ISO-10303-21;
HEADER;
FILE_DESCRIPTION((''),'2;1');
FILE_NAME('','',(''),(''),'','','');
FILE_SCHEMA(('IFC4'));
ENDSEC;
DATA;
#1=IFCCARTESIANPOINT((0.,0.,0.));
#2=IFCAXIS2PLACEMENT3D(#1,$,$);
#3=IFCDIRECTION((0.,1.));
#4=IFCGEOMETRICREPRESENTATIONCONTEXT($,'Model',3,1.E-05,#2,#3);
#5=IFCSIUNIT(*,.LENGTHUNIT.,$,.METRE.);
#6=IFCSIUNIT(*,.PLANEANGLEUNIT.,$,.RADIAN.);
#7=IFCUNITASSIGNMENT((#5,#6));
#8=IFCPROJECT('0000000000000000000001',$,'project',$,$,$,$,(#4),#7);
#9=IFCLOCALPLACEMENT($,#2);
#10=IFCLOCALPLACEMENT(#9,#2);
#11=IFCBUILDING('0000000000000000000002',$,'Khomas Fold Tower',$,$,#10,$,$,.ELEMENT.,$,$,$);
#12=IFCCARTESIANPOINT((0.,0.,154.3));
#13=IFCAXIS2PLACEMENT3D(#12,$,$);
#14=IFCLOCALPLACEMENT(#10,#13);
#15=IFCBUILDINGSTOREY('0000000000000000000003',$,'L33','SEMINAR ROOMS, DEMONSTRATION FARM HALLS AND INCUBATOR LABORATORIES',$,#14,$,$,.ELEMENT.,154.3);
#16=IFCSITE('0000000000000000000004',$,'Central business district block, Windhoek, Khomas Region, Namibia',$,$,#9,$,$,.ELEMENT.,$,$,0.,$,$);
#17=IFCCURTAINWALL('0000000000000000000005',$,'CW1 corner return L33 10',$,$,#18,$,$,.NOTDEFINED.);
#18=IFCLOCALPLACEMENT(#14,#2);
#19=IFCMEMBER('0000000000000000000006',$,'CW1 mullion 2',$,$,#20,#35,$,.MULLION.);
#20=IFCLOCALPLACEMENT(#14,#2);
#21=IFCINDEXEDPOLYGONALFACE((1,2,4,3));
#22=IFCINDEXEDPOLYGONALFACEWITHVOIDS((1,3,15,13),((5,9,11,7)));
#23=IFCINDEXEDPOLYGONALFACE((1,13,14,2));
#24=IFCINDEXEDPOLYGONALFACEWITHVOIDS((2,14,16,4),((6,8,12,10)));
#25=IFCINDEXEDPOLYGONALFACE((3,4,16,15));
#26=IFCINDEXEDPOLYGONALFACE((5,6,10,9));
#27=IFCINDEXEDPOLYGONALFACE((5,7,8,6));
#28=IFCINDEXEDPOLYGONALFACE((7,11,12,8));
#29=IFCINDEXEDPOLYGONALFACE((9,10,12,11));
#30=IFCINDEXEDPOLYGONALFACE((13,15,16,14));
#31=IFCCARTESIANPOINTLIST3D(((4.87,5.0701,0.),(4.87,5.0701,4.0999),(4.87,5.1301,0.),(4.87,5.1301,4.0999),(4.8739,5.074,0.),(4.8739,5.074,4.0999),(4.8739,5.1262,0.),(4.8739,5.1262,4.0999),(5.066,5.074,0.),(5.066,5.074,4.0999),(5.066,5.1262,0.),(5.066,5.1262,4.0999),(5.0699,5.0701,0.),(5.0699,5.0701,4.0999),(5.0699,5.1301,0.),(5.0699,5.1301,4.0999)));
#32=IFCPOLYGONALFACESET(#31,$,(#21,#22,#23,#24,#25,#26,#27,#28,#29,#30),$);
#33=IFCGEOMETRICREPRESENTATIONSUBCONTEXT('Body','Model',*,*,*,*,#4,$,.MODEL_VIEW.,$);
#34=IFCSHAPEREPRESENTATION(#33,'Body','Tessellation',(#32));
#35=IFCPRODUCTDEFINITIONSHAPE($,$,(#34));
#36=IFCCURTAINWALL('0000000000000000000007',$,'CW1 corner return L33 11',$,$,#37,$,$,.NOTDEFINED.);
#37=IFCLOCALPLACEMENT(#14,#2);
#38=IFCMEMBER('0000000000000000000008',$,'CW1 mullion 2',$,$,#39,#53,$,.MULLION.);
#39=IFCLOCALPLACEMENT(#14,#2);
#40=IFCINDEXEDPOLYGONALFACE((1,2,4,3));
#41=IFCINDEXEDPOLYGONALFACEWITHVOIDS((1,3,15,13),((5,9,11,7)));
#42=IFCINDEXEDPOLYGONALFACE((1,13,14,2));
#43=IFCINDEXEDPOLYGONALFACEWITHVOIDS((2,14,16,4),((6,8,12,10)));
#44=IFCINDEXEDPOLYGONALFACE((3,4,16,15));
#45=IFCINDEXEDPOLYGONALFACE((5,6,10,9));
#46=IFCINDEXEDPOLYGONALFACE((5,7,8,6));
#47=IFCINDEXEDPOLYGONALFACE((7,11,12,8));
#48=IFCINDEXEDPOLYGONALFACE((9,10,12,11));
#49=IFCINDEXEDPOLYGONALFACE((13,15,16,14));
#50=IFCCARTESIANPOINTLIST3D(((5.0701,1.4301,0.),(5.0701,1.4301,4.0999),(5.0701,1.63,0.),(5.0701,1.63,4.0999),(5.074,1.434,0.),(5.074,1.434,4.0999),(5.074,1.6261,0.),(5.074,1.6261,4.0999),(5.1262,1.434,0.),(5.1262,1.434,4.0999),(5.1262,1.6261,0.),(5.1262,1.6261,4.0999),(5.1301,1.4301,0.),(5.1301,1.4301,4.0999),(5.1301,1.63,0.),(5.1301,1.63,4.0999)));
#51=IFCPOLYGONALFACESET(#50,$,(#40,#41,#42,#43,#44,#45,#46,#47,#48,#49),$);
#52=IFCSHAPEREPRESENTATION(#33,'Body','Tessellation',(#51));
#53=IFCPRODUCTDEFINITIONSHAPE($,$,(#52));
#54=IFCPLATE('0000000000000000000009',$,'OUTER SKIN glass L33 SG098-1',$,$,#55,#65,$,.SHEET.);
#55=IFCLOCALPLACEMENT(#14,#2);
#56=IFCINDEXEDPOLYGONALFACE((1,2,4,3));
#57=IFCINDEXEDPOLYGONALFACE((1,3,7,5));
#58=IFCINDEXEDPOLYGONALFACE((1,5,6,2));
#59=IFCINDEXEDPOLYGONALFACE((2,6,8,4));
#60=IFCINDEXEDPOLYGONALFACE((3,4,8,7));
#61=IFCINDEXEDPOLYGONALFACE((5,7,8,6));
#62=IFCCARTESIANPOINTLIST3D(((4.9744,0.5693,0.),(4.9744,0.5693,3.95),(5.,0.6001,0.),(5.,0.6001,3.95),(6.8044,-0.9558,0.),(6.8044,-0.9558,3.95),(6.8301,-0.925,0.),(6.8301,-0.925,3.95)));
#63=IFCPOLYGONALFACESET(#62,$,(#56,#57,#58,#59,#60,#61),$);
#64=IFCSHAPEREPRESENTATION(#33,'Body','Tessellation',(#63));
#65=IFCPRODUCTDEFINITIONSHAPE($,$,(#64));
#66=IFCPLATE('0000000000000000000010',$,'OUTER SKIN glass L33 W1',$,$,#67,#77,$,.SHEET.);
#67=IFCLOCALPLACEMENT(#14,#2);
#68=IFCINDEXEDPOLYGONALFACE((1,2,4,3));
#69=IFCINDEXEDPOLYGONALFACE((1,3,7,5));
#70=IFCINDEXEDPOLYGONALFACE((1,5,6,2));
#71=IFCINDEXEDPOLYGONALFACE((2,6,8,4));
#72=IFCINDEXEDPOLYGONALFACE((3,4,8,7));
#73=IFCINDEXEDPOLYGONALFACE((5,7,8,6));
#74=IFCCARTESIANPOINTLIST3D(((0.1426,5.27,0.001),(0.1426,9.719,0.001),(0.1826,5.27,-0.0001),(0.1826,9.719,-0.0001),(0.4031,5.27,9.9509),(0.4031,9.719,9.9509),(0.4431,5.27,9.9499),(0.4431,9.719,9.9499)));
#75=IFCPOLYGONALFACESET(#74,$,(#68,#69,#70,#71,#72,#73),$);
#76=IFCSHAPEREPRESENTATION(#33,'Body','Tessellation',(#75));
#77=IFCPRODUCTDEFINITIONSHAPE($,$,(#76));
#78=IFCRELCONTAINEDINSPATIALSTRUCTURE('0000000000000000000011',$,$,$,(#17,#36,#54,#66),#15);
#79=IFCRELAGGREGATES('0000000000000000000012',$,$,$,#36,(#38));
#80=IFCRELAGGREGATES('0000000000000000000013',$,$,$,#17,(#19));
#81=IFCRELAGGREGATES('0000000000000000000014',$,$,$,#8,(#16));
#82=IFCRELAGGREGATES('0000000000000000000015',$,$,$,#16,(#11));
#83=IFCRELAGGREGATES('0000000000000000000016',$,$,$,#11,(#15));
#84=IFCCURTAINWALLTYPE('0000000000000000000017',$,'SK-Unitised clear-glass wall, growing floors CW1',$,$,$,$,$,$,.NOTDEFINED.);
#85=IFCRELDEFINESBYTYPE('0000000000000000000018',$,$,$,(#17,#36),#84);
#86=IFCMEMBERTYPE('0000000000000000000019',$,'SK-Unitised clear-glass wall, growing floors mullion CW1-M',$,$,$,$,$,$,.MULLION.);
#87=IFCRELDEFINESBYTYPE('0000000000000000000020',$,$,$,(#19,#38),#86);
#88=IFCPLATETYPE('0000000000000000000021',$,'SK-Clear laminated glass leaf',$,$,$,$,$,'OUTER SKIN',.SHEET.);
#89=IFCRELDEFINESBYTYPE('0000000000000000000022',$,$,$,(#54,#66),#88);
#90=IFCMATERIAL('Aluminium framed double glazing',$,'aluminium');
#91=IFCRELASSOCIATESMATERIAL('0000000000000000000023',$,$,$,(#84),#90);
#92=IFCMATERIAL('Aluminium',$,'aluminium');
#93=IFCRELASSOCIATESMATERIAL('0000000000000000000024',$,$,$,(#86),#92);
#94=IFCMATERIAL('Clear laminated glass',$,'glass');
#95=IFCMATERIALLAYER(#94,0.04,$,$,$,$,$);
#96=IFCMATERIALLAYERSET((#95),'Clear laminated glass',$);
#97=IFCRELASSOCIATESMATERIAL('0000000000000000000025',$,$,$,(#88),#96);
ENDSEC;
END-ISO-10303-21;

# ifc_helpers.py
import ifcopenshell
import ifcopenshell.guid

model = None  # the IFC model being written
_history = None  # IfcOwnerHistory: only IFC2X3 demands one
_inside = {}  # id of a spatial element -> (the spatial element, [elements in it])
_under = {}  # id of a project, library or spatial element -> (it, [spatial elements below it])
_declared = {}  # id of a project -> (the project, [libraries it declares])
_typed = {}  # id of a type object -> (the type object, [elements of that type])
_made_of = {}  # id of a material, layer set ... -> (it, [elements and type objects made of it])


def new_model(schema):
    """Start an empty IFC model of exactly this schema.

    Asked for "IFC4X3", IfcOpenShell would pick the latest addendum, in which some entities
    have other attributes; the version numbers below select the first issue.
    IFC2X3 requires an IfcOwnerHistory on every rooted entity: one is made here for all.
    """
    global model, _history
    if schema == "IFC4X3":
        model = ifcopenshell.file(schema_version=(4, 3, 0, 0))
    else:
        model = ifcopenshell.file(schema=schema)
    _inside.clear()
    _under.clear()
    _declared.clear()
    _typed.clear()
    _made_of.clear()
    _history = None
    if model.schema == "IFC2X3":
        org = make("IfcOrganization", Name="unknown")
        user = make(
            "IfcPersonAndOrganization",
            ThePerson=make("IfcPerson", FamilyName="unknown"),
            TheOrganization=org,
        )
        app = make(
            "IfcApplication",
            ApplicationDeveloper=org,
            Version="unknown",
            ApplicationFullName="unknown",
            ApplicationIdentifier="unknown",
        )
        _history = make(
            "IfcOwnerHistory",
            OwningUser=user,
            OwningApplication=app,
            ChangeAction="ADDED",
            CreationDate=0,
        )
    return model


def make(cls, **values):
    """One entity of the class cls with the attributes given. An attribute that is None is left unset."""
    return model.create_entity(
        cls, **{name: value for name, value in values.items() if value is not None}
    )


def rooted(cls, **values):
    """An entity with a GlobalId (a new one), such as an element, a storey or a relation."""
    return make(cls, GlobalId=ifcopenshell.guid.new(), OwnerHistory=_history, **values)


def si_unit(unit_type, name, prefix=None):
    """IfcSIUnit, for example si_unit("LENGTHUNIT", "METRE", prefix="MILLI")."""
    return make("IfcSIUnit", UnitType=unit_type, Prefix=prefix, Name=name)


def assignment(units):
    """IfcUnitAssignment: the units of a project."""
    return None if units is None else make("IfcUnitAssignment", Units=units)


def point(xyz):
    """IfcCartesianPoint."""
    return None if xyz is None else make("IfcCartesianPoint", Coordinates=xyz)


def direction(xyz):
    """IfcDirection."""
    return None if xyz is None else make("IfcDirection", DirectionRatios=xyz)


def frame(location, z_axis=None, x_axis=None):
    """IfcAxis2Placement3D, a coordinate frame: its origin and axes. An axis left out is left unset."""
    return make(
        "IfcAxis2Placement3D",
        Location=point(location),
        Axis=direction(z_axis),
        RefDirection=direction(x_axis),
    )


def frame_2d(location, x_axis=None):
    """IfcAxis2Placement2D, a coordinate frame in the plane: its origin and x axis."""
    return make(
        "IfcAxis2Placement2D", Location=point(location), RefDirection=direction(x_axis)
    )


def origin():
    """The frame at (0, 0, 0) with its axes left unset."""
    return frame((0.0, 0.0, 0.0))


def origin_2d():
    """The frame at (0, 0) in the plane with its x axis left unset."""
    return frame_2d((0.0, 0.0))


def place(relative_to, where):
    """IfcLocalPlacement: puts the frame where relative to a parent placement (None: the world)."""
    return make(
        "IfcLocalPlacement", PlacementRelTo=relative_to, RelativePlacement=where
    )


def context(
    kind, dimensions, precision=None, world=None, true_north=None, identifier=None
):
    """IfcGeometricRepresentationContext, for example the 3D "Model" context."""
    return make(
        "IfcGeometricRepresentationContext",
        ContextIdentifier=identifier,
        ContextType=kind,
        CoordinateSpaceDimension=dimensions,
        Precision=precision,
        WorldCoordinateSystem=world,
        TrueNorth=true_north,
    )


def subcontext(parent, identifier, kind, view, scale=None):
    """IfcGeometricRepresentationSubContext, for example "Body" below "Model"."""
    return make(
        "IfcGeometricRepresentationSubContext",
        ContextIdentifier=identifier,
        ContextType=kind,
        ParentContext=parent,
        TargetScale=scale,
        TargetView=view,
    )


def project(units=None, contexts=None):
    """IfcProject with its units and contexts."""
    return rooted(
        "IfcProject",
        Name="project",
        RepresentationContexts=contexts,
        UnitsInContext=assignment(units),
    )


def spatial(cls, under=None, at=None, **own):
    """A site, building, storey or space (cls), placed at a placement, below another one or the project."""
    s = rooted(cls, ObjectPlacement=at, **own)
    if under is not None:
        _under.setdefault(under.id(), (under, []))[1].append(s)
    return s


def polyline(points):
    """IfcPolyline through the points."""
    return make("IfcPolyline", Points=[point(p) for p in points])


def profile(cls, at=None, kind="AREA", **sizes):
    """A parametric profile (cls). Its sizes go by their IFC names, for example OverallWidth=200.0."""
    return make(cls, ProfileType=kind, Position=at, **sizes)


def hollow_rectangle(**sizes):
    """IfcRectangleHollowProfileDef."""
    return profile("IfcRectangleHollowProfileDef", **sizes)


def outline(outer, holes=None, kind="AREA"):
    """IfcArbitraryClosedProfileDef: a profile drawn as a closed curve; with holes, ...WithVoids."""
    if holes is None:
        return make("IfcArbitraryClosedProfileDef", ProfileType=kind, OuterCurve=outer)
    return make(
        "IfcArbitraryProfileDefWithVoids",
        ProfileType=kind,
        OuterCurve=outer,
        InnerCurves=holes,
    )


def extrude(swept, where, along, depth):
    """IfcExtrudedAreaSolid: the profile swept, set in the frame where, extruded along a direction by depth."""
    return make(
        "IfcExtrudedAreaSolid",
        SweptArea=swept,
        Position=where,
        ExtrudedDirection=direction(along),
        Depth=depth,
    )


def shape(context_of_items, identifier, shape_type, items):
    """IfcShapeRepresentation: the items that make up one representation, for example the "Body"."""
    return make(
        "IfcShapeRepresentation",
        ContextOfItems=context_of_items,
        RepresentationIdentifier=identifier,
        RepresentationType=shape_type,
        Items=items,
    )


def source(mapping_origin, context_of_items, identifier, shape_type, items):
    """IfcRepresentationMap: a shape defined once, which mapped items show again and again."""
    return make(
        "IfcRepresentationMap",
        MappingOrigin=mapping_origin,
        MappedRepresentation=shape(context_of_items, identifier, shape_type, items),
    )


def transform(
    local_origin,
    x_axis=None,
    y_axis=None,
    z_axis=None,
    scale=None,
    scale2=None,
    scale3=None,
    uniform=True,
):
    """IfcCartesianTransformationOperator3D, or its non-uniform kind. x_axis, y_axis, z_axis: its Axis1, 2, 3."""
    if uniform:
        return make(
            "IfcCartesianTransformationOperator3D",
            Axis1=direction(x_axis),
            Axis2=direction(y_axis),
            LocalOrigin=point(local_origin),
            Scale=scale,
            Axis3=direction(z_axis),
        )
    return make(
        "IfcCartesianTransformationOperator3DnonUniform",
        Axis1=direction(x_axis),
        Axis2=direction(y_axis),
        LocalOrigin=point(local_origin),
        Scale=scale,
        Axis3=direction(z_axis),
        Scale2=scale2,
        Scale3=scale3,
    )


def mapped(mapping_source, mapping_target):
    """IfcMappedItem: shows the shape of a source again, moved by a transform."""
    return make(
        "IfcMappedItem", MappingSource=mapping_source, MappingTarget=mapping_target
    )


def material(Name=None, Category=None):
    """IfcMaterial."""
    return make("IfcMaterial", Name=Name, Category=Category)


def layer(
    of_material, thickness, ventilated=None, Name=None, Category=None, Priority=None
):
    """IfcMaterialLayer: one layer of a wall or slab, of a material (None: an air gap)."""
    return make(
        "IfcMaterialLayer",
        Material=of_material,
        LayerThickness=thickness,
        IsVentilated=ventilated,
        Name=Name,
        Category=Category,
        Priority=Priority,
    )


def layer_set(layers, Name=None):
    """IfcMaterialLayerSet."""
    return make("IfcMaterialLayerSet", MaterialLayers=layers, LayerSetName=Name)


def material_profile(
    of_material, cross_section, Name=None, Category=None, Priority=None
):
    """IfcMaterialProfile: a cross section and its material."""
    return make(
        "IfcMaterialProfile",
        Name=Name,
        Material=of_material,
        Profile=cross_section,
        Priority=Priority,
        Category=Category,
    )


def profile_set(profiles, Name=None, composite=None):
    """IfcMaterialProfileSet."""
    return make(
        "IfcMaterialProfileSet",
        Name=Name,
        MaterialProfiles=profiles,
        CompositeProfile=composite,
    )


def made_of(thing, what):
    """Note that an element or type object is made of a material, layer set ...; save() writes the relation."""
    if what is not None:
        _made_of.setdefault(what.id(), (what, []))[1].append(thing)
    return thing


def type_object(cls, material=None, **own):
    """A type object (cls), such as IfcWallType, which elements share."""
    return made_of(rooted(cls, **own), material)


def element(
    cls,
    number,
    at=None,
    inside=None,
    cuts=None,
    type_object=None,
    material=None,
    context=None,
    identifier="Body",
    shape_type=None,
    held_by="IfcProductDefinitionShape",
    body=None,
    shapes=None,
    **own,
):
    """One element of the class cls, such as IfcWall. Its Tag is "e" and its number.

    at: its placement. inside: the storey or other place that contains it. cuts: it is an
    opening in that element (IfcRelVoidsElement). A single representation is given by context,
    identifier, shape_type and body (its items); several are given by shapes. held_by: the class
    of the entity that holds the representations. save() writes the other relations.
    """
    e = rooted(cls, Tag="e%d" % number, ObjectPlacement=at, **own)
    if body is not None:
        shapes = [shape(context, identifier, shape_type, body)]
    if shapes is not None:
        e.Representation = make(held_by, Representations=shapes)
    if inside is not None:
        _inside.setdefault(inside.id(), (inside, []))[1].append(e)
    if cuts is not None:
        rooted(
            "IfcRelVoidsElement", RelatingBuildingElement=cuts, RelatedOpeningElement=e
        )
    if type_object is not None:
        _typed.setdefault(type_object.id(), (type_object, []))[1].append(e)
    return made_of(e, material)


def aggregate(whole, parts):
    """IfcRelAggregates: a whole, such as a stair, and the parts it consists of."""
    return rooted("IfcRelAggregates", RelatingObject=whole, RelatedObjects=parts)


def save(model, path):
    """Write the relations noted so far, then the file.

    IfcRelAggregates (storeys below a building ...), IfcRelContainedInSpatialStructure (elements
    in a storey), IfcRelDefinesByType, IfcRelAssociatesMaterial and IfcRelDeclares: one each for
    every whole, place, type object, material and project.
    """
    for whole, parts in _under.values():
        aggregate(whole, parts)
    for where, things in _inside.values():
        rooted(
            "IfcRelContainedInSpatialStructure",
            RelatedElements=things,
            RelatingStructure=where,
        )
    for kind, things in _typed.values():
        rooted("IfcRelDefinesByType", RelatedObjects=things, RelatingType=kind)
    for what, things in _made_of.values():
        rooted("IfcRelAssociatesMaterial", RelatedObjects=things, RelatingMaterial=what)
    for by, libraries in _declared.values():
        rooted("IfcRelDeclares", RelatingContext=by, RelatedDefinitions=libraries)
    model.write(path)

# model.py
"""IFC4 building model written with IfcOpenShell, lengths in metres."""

from ifc_helpers import new_model, si_unit, direction, frame, origin, origin_2d, place, context, subcontext, project, spatial, polyline, hollow_rectangle, outline, extrude, source, transform, mapped, material, layer, layer_set, material_profile, profile_set, type_object, element, aggregate, save


model = new_model("IFC4")

# Units and contexts
model_context = context("Model", 3, precision=1e-05, world=origin(), true_north=direction((0.0, 1.0)))
body_context = subcontext(model_context, "Body", "Model", "MODEL_VIEW")
ifc_project = project(units=[si_unit("LENGTHUNIT", "METRE"), si_unit("PLANEANGLEUNIT", "RADIAN")], contexts=[model_context])

# Site, building, storey
site_placement = place(None, origin())
site = spatial("IfcSite", under=ifc_project, at=site_placement, Name="Central business district block, Windhoek, Khomas Region, Namibia", CompositionType="ELEMENT", RefElevation=0.0)
building_placement = place(site_placement, origin())
building = spatial("IfcBuilding", under=site, at=building_placement, Name="Khomas Fold Tower", CompositionType="ELEMENT")
storey_placement = place(building_placement, frame((0.0, 0.0, 154.3)))
storey = spatial("IfcBuildingStorey", under=building, at=storey_placement, Name="L33", Description="SEMINAR ROOMS, DEMONSTRATION FARM HALLS AND INCUBATOR LABORATORIES", CompositionType="ELEMENT", Elevation=154.3)

# Curtain wall
ifc_material_1 = material(Name="Aluminium framed double glazing", Category="aluminium")
curtain_wall_type = type_object("IfcCurtainWallType", Name="SK-Unitised clear-glass wall, growing floors CW1", PredefinedType="NOTDEFINED", material=ifc_material_1)
curtain_wall_1_placement = place(storey_placement, origin())
curtain_wall_1 = element("IfcCurtainWall", 1, at=curtain_wall_1_placement, inside=storey, type_object=curtain_wall_type, Name="CW1 corner return L33 10", PredefinedType="NOTDEFINED")

# Member
ifc_material_2 = material(Name="Aluminium", Category="aluminium")
ifc_material_profile_1 = material_profile(ifc_material_2, hollow_rectangle(XDim=0.0601, YDim=0.2, WallThickness=0.0039, at=origin_2d()), Name="SK-Unitised clear-glass wall, growing floors mullion CW1-M")
ifc_profile_set_1 = profile_set([ifc_material_profile_1], Name="Aluminium")
member_type_1 = type_object("IfcMemberType", Name="SK-Unitised clear-glass wall, growing floors mullion CW1-M", PredefinedType="MULLION", material=ifc_profile_set_1)
shared_shape_1 = source(origin(), body_context, "Body", "SweptSolid", [
    extrude(hollow_rectangle(XDim=0.0601, YDim=0.2, WallThickness=0.0039, at=origin_2d()), origin(), (0.0, 0.0, 1.0), 4.0999),
])
member_1_placement = place(storey_placement, frame((4.97, 5.1001, 0.0), z_axis=(0.0, 0.0, 1.0), x_axis=(0.0, 1.0, 0.0)))
member_1 = element("IfcMember", 2, at=member_1_placement, type_object=member_type_1, Name="CW1 mullion 2", PredefinedType="MULLION", context=body_context, shape_type="MappedRepresentation", body=[
    mapped(shared_shape_1, transform((0.0, 0.0, 0.0))),
])

# Curtain wall, member
curtain_wall_2_placement = place(storey_placement, origin())
curtain_wall_2 = element("IfcCurtainWall", 3, at=curtain_wall_2_placement, inside=storey, type_object=curtain_wall_type, Name="CW1 corner return L33 11", PredefinedType="NOTDEFINED")
member_2_placement = place(storey_placement, frame((5.1001, 1.53, 0.0), z_axis=(0.0, 0.0, 1.0), x_axis=(1.0, 0.0, 0.0)))
member_2 = element("IfcMember", 4, at=member_2_placement, type_object=member_type_1, Name="CW1 mullion 2", PredefinedType="MULLION", context=body_context, shape_type="MappedRepresentation", body=[
    mapped(shared_shape_1, transform((0.0, 0.0, 0.0))),
])
aggregate(curtain_wall_2, [member_2])

# Plates
ifc_material_3 = material(Name="Clear laminated glass", Category="glass")
ifc_layer_1 = layer(ifc_material_3, 0.04)
ifc_layer_set_1 = layer_set([ifc_layer_1], Name="Clear laminated glass")
plate_type_1 = type_object("IfcPlateType", Name="SK-Clear laminated glass leaf", ElementType="OUTER SKIN", PredefinedType="SHEET", material=ifc_layer_set_1)
plate_1_placement = place(storey_placement, frame((5.0, 0.6001, 0.0), z_axis=(0.640205, 0.768204, 0.0), x_axis=(0.0, 0.0, 1.0)))
element("IfcPlate", 5, at=plate_1_placement, inside=storey, type_object=plate_type_1, Name="OUTER SKIN glass L33 SG098-1", PredefinedType="SHEET", context=body_context, shape_type="SweptSolid", body=[
    extrude(outline(polyline([(0.0, 0.0), (3.95, 0.0), (3.95, 2.3823), (0.0, 2.3823), (0.0, 0.0)])), origin(), (0.0, 0.0, -1.0), 0.04),
])
plate_2_placement = place(storey_placement, frame((0.1426, 5.27, 0.001), z_axis=(-0.999657, 0.0, 0.026172), x_axis=(0.0, 1.0, 0.0)))
element("IfcPlate", 6, at=plate_2_placement, inside=storey, type_object=plate_type_1, Name="OUTER SKIN glass L33 W1", PredefinedType="SHEET", context=body_context, shape_type="SweptSolid", body=[
    extrude(outline(polyline([(0.0, 0.0), (4.449, 0.0), (4.449, -9.9534), (0.0, -9.9534), (0.0, 0.0)])), origin(), (0.0, 0.0, -1.0), 0.04),
])

aggregate(curtain_wall_1, [member_1])

save(model, "model.ifc")
